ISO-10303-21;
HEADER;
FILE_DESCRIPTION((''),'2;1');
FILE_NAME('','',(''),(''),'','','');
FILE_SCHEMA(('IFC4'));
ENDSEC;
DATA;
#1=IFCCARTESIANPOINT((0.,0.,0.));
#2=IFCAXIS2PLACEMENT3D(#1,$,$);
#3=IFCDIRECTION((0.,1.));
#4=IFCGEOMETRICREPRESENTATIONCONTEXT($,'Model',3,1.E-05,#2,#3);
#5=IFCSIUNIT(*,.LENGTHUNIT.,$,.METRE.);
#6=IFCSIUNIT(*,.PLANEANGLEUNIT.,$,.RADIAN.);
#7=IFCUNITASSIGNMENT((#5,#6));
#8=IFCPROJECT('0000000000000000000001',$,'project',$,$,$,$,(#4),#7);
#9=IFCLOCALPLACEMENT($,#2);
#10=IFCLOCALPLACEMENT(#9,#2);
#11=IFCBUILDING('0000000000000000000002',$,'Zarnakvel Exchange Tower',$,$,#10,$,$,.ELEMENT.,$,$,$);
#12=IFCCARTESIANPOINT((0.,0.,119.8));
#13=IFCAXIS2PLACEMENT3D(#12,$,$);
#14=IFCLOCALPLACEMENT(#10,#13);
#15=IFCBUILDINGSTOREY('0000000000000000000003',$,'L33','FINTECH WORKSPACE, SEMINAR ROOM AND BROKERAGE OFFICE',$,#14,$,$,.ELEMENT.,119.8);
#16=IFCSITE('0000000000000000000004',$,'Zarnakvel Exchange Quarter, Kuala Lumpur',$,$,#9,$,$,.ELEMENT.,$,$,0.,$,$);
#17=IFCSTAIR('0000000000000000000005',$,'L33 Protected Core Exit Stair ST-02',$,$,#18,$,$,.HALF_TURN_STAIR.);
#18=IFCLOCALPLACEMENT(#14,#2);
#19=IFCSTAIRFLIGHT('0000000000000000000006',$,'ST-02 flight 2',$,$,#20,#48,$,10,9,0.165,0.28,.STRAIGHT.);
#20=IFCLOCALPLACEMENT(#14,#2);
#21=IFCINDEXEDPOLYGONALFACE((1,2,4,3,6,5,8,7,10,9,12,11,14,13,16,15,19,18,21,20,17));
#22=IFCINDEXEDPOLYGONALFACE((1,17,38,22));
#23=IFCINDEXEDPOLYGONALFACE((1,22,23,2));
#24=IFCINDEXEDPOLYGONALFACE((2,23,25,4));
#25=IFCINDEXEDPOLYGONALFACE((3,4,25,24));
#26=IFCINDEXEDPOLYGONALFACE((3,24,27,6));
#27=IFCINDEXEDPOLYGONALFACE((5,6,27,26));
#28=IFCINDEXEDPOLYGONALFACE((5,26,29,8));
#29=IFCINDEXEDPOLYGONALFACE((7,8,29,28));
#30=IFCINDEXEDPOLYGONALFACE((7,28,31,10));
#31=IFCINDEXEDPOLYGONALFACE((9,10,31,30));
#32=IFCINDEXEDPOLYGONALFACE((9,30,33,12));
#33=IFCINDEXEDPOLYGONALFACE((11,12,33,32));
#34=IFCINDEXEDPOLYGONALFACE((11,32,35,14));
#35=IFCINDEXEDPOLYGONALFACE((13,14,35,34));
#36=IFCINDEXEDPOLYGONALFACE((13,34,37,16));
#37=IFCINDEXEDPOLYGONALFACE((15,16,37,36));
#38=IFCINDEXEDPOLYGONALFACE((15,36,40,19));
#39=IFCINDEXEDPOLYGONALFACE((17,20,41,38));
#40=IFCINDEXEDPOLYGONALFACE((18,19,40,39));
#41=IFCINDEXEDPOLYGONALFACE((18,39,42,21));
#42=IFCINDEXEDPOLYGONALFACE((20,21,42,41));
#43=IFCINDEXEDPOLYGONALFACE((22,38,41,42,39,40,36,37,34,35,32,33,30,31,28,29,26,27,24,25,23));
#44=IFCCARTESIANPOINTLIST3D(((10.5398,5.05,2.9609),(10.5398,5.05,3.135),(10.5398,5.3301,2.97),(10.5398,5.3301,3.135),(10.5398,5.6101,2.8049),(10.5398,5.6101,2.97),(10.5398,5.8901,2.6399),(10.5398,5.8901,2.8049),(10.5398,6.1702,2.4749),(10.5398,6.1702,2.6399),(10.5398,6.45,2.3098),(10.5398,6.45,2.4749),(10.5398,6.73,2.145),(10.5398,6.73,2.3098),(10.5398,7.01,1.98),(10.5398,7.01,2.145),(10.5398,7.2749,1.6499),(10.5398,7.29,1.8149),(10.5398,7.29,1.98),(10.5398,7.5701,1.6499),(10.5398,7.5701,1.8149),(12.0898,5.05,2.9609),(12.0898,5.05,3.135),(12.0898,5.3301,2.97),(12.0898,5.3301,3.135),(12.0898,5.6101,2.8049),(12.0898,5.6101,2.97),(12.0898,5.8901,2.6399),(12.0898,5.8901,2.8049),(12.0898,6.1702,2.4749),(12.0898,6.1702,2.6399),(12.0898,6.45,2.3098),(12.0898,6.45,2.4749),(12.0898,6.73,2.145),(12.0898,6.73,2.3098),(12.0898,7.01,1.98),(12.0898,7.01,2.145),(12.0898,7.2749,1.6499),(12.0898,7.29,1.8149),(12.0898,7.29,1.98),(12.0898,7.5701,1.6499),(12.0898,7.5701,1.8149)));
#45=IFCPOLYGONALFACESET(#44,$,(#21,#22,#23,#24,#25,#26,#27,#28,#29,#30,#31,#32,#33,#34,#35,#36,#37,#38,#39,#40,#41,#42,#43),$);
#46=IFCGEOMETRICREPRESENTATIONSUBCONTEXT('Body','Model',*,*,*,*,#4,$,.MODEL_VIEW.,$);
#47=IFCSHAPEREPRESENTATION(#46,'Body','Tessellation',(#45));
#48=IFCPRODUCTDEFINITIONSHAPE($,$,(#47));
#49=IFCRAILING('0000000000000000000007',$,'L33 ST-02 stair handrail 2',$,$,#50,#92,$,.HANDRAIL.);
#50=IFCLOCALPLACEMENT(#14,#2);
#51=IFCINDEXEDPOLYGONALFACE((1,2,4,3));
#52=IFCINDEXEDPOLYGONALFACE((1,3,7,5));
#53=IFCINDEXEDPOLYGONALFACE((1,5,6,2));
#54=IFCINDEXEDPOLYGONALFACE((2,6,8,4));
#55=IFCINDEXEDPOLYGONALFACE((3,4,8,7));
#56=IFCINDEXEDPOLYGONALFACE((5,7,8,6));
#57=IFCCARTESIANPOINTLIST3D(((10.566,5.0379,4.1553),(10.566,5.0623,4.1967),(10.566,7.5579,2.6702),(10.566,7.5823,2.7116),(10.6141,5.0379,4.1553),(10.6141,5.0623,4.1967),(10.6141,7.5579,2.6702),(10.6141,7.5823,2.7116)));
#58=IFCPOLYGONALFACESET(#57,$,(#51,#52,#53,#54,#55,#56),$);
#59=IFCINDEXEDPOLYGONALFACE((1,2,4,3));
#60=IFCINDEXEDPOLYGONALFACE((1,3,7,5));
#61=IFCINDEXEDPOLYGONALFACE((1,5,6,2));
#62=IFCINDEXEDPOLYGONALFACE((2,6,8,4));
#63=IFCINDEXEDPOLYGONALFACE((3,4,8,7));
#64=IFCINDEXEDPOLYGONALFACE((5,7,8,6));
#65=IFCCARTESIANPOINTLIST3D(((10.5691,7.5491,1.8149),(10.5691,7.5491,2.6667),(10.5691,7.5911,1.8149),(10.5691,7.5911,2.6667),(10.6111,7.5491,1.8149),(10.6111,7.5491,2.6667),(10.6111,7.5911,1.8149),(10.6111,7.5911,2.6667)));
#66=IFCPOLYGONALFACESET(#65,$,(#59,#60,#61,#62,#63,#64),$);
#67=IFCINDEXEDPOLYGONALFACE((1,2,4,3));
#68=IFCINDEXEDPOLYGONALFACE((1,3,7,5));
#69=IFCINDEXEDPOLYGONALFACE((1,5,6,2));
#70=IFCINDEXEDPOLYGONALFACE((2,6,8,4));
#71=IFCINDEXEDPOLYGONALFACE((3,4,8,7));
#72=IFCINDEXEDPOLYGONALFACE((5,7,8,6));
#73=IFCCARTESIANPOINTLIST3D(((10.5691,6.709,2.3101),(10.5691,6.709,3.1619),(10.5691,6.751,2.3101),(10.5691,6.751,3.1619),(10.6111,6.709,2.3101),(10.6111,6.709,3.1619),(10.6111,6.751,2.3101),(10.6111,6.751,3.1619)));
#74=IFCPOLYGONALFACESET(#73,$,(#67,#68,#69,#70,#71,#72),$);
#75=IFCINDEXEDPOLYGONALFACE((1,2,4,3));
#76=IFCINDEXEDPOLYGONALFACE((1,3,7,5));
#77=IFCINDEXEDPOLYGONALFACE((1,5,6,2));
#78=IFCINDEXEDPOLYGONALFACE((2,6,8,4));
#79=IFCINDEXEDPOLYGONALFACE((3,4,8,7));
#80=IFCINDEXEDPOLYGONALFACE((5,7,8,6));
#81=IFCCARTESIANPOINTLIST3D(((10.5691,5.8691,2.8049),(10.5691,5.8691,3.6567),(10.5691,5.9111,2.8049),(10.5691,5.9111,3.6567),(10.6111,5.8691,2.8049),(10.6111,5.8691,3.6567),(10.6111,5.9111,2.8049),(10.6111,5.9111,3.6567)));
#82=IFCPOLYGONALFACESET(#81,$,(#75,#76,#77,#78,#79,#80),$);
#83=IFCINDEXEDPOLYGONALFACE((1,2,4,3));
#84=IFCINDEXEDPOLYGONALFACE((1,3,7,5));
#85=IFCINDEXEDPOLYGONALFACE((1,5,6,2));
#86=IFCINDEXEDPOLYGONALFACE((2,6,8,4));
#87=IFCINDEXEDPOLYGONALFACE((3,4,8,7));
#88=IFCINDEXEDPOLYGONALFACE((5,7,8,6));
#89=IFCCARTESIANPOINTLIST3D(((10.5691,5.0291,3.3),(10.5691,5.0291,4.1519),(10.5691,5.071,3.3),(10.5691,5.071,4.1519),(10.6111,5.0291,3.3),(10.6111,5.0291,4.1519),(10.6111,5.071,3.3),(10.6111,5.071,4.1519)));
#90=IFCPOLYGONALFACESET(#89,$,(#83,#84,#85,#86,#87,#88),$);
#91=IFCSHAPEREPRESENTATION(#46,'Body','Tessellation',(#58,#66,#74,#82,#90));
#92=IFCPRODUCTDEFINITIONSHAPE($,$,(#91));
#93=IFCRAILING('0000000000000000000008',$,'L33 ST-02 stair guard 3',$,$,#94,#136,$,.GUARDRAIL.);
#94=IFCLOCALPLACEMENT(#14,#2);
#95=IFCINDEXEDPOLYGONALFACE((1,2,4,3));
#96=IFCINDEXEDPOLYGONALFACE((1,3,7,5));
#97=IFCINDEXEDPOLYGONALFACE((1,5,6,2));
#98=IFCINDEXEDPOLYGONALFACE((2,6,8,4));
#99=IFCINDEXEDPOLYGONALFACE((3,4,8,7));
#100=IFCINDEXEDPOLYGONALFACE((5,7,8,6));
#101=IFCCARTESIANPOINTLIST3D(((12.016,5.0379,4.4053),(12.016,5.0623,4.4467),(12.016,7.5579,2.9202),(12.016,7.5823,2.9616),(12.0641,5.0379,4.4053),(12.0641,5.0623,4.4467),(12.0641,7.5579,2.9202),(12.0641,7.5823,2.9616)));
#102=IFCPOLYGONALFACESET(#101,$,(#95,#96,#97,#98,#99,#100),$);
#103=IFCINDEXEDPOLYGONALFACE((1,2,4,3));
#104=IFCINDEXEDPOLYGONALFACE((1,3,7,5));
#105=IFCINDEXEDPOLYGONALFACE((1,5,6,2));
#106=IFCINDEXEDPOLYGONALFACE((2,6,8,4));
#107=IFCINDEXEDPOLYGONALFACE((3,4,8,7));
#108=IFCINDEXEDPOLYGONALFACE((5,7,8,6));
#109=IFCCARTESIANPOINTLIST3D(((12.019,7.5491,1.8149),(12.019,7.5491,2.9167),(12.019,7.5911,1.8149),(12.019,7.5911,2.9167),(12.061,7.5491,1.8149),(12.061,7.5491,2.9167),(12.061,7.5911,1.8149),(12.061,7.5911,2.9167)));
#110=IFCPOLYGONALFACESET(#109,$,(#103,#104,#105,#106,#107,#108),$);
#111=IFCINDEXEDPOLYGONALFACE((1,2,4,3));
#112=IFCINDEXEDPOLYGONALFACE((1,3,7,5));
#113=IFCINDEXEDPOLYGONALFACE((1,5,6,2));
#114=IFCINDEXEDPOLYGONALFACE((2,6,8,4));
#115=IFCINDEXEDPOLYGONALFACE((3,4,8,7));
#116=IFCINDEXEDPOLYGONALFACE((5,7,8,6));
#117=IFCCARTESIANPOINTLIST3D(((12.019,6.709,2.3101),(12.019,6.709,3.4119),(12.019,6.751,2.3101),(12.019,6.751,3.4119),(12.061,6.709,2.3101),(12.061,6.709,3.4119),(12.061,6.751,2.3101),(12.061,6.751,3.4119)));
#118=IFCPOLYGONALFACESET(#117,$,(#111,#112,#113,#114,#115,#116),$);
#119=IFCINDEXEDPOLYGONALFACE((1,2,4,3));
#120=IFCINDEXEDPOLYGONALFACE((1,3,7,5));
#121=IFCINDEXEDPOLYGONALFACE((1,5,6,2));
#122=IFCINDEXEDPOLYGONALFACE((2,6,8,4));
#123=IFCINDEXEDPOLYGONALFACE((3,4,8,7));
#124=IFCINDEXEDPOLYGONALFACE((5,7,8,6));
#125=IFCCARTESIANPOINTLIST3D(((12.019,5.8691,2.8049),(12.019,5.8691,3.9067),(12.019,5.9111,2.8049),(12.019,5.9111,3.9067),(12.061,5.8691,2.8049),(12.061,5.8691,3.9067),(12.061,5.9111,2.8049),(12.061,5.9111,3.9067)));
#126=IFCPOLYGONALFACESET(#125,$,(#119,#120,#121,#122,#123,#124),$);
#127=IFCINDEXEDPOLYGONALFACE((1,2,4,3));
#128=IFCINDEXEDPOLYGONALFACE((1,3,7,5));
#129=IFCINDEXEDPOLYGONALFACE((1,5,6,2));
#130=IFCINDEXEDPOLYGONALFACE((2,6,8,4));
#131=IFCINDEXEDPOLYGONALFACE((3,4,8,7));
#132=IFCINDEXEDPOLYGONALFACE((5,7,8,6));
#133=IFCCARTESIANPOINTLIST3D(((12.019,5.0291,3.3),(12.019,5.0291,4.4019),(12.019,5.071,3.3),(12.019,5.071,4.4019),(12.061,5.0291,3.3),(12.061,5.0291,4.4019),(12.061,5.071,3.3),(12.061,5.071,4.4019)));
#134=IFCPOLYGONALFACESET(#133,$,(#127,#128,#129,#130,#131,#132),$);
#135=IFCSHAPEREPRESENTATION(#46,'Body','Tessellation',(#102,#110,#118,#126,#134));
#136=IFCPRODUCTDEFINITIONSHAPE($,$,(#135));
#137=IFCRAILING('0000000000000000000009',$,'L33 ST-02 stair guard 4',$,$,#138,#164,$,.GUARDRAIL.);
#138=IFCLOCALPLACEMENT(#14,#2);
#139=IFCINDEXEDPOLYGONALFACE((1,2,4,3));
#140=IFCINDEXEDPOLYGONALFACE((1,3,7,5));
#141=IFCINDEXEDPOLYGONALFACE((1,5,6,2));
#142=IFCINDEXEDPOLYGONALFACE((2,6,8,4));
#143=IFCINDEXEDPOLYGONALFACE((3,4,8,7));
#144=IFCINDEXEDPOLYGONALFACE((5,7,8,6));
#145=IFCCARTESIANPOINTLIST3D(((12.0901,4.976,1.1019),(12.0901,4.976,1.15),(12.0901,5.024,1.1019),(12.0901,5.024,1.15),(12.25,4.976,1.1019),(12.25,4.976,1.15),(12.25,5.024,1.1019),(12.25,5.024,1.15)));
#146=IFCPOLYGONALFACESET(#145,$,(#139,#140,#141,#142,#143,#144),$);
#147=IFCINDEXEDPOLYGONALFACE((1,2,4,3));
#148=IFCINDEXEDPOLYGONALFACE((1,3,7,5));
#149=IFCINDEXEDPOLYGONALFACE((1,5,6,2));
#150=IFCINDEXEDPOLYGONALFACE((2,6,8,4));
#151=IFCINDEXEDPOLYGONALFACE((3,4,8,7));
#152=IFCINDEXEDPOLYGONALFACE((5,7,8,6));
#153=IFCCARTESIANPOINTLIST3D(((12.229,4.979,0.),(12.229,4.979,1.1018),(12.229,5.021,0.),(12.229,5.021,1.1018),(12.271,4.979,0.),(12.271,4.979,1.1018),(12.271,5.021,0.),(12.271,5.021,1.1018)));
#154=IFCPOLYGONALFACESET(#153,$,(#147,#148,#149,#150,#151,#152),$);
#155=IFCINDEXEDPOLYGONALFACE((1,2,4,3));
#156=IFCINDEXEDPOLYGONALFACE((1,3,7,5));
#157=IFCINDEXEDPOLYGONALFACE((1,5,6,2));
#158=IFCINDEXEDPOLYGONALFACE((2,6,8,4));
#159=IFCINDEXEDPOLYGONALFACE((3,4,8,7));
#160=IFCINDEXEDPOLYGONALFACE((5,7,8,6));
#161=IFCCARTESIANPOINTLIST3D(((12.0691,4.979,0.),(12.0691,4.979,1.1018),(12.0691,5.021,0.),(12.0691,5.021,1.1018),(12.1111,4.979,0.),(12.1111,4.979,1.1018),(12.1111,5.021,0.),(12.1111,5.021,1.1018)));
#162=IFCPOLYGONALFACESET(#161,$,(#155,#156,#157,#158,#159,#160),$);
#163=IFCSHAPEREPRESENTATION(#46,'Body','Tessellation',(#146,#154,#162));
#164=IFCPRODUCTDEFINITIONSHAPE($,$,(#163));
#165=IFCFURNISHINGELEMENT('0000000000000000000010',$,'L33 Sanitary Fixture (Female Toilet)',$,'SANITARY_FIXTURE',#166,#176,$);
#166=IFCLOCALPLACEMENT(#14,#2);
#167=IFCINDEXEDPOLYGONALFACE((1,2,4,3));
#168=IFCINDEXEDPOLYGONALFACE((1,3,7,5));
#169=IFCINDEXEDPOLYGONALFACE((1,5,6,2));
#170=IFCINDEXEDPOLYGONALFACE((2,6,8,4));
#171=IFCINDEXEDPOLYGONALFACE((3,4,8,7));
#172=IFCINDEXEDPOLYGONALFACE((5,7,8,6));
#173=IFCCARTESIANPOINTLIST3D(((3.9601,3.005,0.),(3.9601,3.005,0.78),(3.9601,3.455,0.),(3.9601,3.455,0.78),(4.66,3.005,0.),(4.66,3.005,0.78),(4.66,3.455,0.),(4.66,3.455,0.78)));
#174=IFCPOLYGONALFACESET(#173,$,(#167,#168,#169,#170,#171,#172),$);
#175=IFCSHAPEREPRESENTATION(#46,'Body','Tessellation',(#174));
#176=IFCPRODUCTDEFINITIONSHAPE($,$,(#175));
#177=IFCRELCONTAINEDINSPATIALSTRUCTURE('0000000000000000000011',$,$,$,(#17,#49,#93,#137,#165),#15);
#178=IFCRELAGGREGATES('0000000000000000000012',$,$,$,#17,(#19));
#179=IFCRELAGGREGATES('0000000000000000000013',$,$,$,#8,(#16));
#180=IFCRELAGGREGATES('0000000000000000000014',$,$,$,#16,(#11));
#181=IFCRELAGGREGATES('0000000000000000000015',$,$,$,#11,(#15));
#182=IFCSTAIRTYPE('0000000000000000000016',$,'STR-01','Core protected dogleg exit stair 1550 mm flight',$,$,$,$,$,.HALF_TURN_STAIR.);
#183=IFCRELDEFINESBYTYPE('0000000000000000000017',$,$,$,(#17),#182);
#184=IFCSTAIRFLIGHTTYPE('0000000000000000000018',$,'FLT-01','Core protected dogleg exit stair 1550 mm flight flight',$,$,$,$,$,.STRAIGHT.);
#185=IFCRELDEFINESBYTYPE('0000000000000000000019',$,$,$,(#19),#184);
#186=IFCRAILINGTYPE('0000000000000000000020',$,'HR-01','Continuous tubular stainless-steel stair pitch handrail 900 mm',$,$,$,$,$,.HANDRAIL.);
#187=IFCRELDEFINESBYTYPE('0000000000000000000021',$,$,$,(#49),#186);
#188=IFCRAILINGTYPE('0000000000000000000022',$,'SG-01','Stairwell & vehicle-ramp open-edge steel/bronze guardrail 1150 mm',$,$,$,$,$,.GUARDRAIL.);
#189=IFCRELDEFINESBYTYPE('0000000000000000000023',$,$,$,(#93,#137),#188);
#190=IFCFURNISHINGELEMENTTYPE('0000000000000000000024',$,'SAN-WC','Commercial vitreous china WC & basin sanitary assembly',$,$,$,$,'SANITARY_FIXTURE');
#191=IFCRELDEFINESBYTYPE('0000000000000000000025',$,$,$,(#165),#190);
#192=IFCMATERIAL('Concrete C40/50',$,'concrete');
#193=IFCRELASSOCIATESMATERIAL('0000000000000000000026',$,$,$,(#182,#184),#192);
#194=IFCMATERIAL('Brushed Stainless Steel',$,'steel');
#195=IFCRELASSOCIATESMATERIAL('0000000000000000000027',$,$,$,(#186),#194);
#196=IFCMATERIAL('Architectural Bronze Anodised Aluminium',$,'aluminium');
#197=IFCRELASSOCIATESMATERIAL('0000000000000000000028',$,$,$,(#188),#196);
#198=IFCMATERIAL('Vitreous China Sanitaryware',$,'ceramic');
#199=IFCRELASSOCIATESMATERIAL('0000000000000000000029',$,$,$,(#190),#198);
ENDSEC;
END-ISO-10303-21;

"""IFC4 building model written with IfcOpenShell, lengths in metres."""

from ifc_helpers import new_model, si_unit, direction, frame, origin, origin_2d, place, context, subcontext, project, spatial, polyline, rectangle, outline, extrude, source, transform, mapped, material, type_object, element, aggregate, save


model = new_model("IFC4")

# Units and contexts
model_context = context("Model", 3, precision=1e-05, world=origin(), true_north=direction((0.0, 1.0)))
body_context = subcontext(model_context, "Body", "Model", "MODEL_VIEW")
ifc_project = project(units=[si_unit("LENGTHUNIT", "METRE"), si_unit("PLANEANGLEUNIT", "RADIAN")], contexts=[model_context])

# Site, building, storey
site_placement = place(None, origin())
site = spatial("IfcSite", under=ifc_project, at=site_placement, Name="Zarnakvel Exchange Quarter, Kuala Lumpur", CompositionType="ELEMENT", RefElevation=0.0)
building_placement = place(site_placement, origin())
building = spatial("IfcBuilding", under=site, at=building_placement, Name="Zarnakvel Exchange Tower", CompositionType="ELEMENT")
storey_placement = place(building_placement, frame((0.0, 0.0, 119.8)))
storey = spatial("IfcBuildingStorey", under=building, at=storey_placement, Name="L33", Description="FINTECH WORKSPACE, SEMINAR ROOM AND BROKERAGE OFFICE", CompositionType="ELEMENT", Elevation=119.8)

# Shared definitions
ifc_material_1 = material(Name="Concrete C40/50", Category="concrete")
ifc_material_2 = material(Name="Brushed Stainless Steel", Category="steel")

# Shared definitions
ifc_material_3 = material(Name="Architectural Bronze Anodised Aluminium", Category="aluminium")

# Stair, stair flight
stair_type = type_object("IfcStairType", Name="STR-01", Description="Core protected dogleg exit stair 1550 mm flight", PredefinedType="HALF_TURN_STAIR", material=ifc_material_1)
stair_placement = place(storey_placement, origin())
stair = element("IfcStair", 1, at=stair_placement, inside=storey, type_object=stair_type, Name="L33 Protected Core Exit Stair ST-02", PredefinedType="HALF_TURN_STAIR")
stair_flight_type = type_object("IfcStairFlightType", Name="FLT-01", Description="Core protected dogleg exit stair 1550 mm flight flight", PredefinedType="STRAIGHT", material=ifc_material_1)
stair_flight_placement = place(storey_placement, frame((11.3149, 7.5701, 1.6499), z_axis=(0.0, 0.0, 1.0), x_axis=(0.0, -1.0, 0.0)))
stair_flight = element("IfcStairFlight", 2, at=stair_flight_placement, type_object=stair_flight_type, Name="ST-02 flight 2", NumberOfRisers=10, NumberOfTreads=9, PredefinedType="STRAIGHT", RiserHeight=0.165, TreadLength=0.28, context=body_context, shape_type="SweptSolid", body=[
    extrude(outline(polyline([(0.0, 0.0), (0.0, 0.165), (0.28, 0.165), (0.28, 0.3301), (0.5601, 0.3301), (0.5601, 0.4951), (0.8401, 0.4951), (0.8401, 0.6599), (1.1201, 0.6599), (1.1201, 0.825), (1.3999, 0.825), (1.3999, 0.99), (1.6799, 0.99), (1.6799, 1.155), (1.96, 1.155), (1.96, 1.3201), (2.24, 1.3201), (2.24, 1.4851), (2.52, 1.4851), (2.52, 1.6499), (2.52, 1.311), (0.2952, 0.0), (0.0, 0.0)])), frame((0.0, 0.7749, 0.0), z_axis=(0.0, -1.0, 0.0), x_axis=(1.0, 0.0, 0.0)), (0.0, 0.0, 1.0), 1.55),
])
aggregate(stair, [stair_flight])

# Railings
railing_type_1 = type_object("IfcRailingType", Name="HR-01", Description="Continuous tubular stainless-steel stair pitch handrail 900 mm", PredefinedType="HANDRAIL", material=ifc_material_2)
railing_1_placement = place(storey_placement, frame((10.5901, 7.5701, 1.8149)))
element("IfcRailing", 3, at=railing_1_placement, inside=storey, type_object=railing_type_1, Name="L33 ST-02 stair handrail 2", PredefinedType="HANDRAIL", context=body_context, shape_type="SweptSolid", body=[
    extrude(rectangle(XDim=0.0481, YDim=0.0481, at=origin_2d()), frame((0.0, 0.0, 0.876), z_axis=(0.0, -0.861524, 0.507717), x_axis=(1.0, 0.0, 0.0)), (0.0, 0.0, 1.0), 2.925),
    extrude(rectangle(XDim=0.042, YDim=0.042, at=origin_2d()), origin(), (0.0, 0.0, 1.0), 0.8518),
    extrude(rectangle(XDim=0.042, YDim=0.042, at=origin_2d()), frame((0.0, -0.8401, 0.4951)), (0.0, 0.0, 1.0), 0.8518),
    extrude(rectangle(XDim=0.042, YDim=0.042, at=origin_2d()), frame((0.0, -1.6799, 0.99)), (0.0, 0.0, 1.0), 0.8518),
    extrude(rectangle(XDim=0.042, YDim=0.042, at=origin_2d()), frame((0.0, -2.52, 1.4851)), (0.0, 0.0, 1.0), 0.8518),
])
railing_type_2 = type_object("IfcRailingType", Name="SG-01", Description="Stairwell & vehicle-ramp open-edge steel/bronze guardrail 1150 mm", PredefinedType="GUARDRAIL", material=ifc_material_3)
railing_2_placement = place(storey_placement, frame((12.04, 7.5701, 1.8149)))
element("IfcRailing", 4, at=railing_2_placement, inside=storey, type_object=railing_type_2, Name="L33 ST-02 stair guard 3", PredefinedType="GUARDRAIL", context=body_context, shape_type="SweptSolid", body=[
    extrude(rectangle(XDim=0.0481, YDim=0.0481, at=origin_2d()), frame((0.0, 0.0, 1.126), z_axis=(0.0, -0.861524, 0.507717), x_axis=(1.0, 0.0, 0.0)), (0.0, 0.0, 1.0), 2.925),
    extrude(rectangle(XDim=0.042, YDim=0.042, at=origin_2d()), origin(), (0.0, 0.0, 1.0), 1.1018),
    extrude(rectangle(XDim=0.042, YDim=0.042, at=origin_2d()), frame((0.0, -0.8401, 0.4951)), (0.0, 0.0, 1.0), 1.1018),
    extrude(rectangle(XDim=0.042, YDim=0.042, at=origin_2d()), frame((0.0, -1.6799, 0.99)), (0.0, 0.0, 1.0), 1.1018),
    extrude(rectangle(XDim=0.042, YDim=0.042, at=origin_2d()), frame((0.0, -2.52, 1.4851)), (0.0, 0.0, 1.0), 1.1018),
])
railing_3_placement = place(storey_placement, frame((12.25, 5.0, 0.0)))
element("IfcRailing", 5, at=railing_3_placement, inside=storey, type_object=railing_type_2, Name="L33 ST-02 stair guard 4", PredefinedType="GUARDRAIL", context=body_context, shape_type="SweptSolid", body=[
    extrude(rectangle(XDim=0.0481, YDim=0.0481, at=origin_2d()), frame((0.0, 0.0, 1.126), z_axis=(-1.0, 0.0, 0.0), x_axis=(0.0, -1.0, 0.0)), (0.0, 0.0, 1.0), 0.1599),
    extrude(rectangle(XDim=0.042, YDim=0.042, at=origin_2d()), origin(), (0.0, 0.0, 1.0), 1.1018),
    extrude(rectangle(XDim=0.042, YDim=0.042, at=origin_2d()), frame((-0.1599, 0.0, 0.0)), (0.0, 0.0, 1.0), 1.1018),
])

# Furnishing element
ifc_material_4 = material(Name="Vitreous China Sanitaryware", Category="ceramic")
furnishing_element_type = type_object("IfcFurnishingElementType", Name="SAN-WC", Description="Commercial vitreous china WC & basin sanitary assembly", ElementType="SANITARY_FIXTURE", material=ifc_material_4)
shared_shape_1 = source(origin(), body_context, "Body", "SweptSolid", [
    extrude(rectangle(XDim=0.7, YDim=0.45, at=origin_2d()), origin(), (0.0, 0.0, 1.0), 0.78),
])
furnishing_placement = place(storey_placement, frame((4.3101, 3.23, 0.0), z_axis=(0.0, 0.0, 1.0), x_axis=(1.0, 0.0, 0.0)))
element("IfcFurnishingElement", 6, at=furnishing_placement, inside=storey, type_object=furnishing_element_type, Name="L33 Sanitary Fixture (Female Toilet)", ObjectType="SANITARY_FIXTURE", context=body_context, shape_type="MappedRepresentation", body=[
    mapped(shared_shape_1, transform((0.0, 0.0, 0.0), x_axis=(1.0, 0.0, 0.0), y_axis=(0.0, 1.0, 0.0), z_axis=(0.0, 0.0, 1.0), scale=1.0)),
])

save(model, "model.ifc")
